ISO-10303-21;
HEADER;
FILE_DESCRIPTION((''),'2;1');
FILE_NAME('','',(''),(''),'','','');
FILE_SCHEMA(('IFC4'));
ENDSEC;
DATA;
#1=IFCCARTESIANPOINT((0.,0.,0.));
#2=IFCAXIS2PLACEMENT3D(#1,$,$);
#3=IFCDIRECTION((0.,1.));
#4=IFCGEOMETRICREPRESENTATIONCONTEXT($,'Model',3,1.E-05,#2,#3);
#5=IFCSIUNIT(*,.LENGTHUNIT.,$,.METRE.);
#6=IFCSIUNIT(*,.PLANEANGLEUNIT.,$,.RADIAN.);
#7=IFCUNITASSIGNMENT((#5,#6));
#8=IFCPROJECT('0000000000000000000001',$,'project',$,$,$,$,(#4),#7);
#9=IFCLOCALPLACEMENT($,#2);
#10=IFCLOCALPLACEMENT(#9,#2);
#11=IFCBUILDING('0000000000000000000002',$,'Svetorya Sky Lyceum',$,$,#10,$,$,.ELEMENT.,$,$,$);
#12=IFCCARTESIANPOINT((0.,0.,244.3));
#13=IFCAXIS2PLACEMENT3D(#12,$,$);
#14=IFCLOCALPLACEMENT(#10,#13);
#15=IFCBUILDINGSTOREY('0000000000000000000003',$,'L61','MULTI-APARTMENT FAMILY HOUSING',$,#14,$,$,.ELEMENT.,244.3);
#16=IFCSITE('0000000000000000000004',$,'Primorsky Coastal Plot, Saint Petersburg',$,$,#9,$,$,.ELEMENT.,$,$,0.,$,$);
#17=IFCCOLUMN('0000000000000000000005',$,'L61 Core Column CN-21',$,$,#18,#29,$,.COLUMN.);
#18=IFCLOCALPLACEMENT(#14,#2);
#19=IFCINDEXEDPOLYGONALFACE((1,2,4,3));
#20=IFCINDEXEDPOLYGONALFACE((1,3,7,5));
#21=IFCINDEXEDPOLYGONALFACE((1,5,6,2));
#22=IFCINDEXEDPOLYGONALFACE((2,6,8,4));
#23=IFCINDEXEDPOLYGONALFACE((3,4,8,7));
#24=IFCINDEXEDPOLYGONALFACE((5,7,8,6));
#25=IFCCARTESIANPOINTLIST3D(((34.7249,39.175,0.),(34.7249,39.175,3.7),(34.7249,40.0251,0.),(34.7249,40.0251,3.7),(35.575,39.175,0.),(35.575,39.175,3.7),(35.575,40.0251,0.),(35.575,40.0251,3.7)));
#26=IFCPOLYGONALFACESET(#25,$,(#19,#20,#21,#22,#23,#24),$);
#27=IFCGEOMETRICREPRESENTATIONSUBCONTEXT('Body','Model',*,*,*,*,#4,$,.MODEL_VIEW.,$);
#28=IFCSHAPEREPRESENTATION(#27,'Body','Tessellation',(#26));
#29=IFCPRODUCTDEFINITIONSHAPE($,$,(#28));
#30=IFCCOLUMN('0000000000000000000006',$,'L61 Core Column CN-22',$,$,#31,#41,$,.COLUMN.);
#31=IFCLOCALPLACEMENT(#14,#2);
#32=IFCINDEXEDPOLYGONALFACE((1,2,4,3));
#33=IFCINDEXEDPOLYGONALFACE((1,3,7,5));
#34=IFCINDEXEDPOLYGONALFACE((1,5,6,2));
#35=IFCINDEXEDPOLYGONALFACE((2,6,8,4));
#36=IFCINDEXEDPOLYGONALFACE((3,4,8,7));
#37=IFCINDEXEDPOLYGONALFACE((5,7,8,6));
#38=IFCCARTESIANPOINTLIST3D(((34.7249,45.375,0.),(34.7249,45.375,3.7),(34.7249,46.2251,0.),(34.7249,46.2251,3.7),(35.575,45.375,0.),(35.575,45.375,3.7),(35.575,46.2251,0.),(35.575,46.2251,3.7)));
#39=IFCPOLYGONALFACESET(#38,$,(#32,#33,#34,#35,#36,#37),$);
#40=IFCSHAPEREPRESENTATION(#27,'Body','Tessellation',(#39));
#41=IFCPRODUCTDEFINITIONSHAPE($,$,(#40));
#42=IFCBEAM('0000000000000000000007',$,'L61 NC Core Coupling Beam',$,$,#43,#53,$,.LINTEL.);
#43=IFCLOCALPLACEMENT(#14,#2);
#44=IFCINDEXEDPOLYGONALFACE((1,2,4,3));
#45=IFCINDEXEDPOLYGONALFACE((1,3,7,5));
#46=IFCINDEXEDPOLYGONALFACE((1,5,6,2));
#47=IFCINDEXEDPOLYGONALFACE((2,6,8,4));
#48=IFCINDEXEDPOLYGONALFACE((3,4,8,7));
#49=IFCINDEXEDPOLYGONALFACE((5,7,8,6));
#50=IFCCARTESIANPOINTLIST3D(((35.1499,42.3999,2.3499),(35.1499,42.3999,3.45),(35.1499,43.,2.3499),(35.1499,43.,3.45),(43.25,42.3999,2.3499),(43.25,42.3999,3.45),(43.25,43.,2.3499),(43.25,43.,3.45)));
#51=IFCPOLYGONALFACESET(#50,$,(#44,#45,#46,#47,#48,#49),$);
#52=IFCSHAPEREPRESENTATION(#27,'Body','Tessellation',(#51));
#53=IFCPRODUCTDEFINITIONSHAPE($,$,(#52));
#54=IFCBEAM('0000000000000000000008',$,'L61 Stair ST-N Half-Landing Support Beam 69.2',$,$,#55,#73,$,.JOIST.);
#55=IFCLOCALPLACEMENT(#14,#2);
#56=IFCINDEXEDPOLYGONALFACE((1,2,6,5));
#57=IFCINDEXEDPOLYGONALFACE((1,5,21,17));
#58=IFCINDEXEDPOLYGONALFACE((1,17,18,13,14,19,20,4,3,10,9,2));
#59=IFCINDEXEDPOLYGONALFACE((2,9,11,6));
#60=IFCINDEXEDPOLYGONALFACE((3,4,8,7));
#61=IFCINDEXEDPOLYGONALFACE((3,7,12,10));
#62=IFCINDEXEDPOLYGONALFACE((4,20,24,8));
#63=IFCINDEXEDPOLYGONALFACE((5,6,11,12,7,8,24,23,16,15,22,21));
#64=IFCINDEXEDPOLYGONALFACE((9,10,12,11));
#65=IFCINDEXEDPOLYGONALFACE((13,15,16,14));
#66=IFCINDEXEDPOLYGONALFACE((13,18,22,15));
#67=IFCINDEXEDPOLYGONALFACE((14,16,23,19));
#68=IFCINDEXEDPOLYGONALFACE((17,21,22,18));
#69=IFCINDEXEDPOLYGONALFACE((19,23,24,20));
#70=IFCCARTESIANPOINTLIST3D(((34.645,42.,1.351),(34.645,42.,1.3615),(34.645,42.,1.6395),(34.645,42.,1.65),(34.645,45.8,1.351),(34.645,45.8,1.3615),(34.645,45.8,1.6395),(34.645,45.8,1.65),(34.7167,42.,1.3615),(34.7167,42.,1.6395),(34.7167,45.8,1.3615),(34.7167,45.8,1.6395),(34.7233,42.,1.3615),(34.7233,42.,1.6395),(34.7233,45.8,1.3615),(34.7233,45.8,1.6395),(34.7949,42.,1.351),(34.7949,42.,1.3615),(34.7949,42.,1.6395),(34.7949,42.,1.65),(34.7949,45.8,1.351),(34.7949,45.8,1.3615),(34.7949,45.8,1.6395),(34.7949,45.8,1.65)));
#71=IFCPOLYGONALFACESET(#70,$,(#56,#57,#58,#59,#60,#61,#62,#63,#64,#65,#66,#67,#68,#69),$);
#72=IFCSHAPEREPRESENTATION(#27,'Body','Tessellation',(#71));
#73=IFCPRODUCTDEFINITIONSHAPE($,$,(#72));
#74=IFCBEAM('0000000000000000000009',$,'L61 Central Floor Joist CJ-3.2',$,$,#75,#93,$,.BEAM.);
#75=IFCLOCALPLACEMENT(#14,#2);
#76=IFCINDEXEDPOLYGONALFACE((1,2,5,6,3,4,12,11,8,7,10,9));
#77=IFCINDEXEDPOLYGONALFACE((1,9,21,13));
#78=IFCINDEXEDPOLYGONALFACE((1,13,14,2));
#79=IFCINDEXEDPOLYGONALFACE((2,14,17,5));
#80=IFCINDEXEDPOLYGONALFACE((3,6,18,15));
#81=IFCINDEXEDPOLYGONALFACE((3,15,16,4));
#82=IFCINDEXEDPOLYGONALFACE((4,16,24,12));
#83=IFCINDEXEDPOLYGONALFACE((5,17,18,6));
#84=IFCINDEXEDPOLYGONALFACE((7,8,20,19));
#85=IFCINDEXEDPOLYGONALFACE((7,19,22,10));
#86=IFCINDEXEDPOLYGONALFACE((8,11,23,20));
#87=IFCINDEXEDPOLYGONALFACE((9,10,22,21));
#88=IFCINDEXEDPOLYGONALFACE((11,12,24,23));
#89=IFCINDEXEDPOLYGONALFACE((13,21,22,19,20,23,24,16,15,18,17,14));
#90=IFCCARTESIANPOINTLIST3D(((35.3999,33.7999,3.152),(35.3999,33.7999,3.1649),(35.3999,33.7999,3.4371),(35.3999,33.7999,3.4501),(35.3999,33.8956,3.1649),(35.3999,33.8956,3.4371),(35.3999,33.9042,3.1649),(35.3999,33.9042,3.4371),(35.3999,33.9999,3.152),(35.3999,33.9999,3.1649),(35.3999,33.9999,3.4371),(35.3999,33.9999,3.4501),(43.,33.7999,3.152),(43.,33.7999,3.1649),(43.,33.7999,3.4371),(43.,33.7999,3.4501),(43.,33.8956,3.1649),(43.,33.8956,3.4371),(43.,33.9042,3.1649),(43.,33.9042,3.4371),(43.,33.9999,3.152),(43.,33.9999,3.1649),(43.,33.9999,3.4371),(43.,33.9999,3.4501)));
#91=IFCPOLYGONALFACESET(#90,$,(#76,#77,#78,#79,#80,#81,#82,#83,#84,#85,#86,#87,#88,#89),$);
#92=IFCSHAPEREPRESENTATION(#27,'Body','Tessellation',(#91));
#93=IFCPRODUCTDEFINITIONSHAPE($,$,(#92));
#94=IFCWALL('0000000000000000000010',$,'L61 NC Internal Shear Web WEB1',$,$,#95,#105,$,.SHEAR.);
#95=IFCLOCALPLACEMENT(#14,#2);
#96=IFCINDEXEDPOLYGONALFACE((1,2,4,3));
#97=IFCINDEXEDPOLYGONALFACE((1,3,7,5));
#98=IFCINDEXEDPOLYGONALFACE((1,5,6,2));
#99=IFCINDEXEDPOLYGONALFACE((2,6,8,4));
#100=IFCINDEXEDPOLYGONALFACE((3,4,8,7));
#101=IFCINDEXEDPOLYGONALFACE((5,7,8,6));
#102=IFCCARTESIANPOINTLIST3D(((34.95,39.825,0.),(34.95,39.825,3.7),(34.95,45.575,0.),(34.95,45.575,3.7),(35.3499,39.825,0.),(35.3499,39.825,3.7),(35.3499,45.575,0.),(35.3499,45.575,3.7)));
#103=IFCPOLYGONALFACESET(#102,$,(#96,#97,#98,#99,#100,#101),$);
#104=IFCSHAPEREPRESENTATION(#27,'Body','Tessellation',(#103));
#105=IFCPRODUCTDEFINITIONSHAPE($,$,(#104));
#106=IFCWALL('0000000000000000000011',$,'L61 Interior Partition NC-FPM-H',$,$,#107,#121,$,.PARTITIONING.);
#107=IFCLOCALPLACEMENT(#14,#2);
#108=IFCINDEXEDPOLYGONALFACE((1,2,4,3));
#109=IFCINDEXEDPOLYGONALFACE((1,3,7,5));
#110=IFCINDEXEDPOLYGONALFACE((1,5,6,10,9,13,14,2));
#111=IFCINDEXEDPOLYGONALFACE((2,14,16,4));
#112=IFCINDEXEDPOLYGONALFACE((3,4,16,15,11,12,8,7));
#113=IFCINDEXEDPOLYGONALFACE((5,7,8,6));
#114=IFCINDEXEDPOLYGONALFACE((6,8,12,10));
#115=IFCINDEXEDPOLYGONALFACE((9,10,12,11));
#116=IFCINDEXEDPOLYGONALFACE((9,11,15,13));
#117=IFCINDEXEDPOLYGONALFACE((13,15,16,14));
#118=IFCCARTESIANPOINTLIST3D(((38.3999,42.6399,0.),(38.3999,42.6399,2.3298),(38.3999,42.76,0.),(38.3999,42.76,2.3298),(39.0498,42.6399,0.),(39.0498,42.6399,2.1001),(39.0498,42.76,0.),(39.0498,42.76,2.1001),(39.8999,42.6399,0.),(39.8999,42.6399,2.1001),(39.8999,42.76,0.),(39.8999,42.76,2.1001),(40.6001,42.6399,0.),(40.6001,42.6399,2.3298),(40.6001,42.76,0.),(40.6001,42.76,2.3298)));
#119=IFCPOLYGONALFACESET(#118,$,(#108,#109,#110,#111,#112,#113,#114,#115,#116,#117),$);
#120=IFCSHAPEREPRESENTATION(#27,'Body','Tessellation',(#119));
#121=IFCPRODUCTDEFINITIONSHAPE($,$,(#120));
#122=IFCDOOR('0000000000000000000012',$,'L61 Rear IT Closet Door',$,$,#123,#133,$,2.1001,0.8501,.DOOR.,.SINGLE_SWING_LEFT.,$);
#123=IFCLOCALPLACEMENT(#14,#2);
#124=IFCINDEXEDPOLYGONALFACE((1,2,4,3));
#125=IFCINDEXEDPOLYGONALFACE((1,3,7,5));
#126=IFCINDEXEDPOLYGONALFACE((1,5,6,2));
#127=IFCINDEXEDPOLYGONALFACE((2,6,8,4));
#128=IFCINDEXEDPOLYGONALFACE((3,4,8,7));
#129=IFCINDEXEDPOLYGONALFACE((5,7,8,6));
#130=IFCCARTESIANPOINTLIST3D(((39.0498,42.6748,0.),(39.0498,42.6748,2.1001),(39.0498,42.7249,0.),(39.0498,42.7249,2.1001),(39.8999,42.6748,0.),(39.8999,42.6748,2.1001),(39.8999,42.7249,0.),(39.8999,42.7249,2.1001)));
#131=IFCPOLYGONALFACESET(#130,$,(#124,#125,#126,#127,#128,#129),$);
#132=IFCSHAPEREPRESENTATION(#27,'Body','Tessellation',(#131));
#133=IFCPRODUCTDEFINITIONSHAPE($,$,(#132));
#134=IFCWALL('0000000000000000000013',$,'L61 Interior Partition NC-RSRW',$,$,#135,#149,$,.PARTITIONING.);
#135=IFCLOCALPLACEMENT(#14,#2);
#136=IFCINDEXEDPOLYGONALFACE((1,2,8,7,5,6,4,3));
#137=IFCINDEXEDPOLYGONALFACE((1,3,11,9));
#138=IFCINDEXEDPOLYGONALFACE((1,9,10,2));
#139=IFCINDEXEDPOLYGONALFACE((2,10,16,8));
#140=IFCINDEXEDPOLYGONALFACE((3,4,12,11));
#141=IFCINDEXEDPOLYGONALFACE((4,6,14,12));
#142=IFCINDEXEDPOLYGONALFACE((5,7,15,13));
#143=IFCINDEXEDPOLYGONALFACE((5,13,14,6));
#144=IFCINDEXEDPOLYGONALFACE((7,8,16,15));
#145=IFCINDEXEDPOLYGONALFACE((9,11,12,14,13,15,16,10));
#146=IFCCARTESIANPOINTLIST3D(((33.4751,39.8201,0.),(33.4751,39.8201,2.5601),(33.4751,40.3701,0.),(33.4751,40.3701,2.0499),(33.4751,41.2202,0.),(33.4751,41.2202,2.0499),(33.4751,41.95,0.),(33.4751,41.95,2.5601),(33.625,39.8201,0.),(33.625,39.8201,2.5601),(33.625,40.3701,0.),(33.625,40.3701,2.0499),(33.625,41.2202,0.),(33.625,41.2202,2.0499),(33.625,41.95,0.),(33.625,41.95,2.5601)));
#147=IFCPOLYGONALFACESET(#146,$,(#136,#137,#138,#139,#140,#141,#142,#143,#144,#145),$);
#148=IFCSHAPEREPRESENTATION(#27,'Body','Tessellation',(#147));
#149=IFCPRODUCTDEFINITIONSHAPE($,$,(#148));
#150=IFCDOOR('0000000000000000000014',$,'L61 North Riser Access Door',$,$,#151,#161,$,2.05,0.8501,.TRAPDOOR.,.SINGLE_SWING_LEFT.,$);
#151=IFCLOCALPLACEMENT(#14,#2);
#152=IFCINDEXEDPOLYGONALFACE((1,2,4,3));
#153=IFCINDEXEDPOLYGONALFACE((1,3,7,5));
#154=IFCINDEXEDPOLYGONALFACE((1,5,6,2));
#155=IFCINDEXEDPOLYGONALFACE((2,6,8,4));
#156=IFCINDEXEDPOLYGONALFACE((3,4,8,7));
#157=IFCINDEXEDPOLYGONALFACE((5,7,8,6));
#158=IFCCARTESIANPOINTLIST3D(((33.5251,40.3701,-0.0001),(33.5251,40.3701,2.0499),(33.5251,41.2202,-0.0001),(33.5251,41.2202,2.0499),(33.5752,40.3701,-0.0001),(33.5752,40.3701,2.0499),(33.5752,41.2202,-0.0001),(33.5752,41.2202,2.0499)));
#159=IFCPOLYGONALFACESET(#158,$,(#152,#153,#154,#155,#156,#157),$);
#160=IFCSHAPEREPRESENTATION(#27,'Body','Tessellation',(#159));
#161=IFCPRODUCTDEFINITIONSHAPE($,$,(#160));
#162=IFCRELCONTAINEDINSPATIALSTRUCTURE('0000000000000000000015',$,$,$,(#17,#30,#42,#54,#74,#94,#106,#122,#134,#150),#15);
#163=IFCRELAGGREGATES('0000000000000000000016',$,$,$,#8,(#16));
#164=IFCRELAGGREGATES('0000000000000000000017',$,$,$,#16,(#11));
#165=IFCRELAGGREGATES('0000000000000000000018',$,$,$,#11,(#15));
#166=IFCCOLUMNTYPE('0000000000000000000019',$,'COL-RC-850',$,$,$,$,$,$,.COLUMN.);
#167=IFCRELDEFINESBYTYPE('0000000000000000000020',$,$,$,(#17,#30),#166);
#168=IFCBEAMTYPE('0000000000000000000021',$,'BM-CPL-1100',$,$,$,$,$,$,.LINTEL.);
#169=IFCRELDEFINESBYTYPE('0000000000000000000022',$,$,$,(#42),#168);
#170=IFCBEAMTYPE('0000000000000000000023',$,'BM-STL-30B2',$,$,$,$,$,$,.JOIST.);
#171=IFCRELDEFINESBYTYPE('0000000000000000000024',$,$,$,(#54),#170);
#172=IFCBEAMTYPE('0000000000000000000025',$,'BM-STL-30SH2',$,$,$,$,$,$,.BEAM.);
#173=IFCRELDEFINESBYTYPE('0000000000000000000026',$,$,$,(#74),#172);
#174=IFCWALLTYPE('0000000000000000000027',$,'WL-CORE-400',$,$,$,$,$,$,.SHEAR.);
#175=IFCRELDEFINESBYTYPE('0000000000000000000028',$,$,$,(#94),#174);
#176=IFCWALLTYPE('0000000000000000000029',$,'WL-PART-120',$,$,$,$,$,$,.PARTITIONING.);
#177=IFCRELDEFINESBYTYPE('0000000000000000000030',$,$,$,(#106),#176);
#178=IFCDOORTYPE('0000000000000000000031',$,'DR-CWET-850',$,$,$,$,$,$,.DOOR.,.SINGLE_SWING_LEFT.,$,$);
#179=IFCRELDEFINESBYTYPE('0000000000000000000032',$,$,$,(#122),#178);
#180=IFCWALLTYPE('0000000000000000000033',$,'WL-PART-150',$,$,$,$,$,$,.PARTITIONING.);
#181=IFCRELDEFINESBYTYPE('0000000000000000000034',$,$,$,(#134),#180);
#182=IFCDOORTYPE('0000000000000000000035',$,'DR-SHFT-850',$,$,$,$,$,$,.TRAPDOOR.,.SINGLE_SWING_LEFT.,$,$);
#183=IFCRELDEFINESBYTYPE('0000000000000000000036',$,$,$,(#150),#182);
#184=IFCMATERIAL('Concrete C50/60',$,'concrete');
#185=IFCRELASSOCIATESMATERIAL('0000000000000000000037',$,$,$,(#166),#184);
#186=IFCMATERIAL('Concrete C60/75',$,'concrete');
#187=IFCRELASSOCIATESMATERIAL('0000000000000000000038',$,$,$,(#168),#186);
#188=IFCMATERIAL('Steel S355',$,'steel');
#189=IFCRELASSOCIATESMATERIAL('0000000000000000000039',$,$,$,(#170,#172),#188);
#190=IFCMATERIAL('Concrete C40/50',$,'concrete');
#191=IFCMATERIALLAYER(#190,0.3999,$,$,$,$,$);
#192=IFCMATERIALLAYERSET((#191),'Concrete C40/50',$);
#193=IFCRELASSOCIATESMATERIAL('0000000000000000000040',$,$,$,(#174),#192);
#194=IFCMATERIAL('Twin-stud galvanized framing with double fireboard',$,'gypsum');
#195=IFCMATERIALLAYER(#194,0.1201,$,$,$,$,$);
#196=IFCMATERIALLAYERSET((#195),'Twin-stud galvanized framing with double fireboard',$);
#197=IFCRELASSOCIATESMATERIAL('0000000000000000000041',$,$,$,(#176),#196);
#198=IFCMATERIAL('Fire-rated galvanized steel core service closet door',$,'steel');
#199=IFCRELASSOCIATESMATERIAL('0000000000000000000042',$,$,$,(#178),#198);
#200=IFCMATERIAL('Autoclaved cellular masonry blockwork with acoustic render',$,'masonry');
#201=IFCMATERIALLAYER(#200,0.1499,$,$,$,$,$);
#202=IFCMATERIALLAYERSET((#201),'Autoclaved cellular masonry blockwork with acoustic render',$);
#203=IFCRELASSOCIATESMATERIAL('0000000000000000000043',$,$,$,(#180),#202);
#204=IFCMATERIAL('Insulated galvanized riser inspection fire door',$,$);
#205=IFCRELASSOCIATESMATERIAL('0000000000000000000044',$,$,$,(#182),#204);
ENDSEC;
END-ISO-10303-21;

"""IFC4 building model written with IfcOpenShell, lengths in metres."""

from ifc_helpers import new_model, si_unit, direction, frame, frame_2d, origin, origin_2d, place, context, subcontext, project, spatial, rectangle, i_section, extrude, material, layer, layer_set, material_profile, profile_set, type_object, element, fill, save


model = new_model("IFC4")

# Units and contexts
model_context = context("Model", 3, precision=1e-05, world=origin(), true_north=direction((0.0, 1.0)))
body_context = subcontext(model_context, "Body", "Model", "MODEL_VIEW")
ifc_project = project(units=[si_unit("LENGTHUNIT", "METRE"), si_unit("PLANEANGLEUNIT", "RADIAN")], contexts=[model_context])

# Site, building, storey
site_placement = place(None, origin())
site = spatial("IfcSite", under=ifc_project, at=site_placement, Name="Primorsky Coastal Plot, Saint Petersburg", CompositionType="ELEMENT", RefElevation=0.0)
building_placement = place(site_placement, origin())
building = spatial("IfcBuilding", under=site, at=building_placement, Name="Svetorya Sky Lyceum", CompositionType="ELEMENT")
storey_placement = place(building_placement, frame((0.0, 0.0, 244.3)))
storey = spatial("IfcBuildingStorey", under=building, at=storey_placement, Name="L61", Description="MULTI-APARTMENT FAMILY HOUSING", CompositionType="ELEMENT", Elevation=244.3)

# Columns
ifc_material_1 = material(Name="Concrete C50/60", Category="concrete")
ifc_material_profile_1 = material_profile(ifc_material_1, rectangle(XDim=0.8501, YDim=0.8501, at=origin_2d()), Name="RC COL 850x850")
ifc_profile_set_1 = profile_set([ifc_material_profile_1], Name="Concrete C50/60")
column_type = type_object("IfcColumnType", Name="COL-RC-850", PredefinedType="COLUMN", material=ifc_profile_set_1)
for number, where, z_axis, x_axis, name in (
    (1, (35.1499, 39.6001, 0.0), (0.0, 0.0, 1.0), (1.0, 0.0, 0.0), "L61 Core Column CN-21"),
    (2, (35.1499, 45.8, 0.0), (0.0, 0.0, 1.0), (1.0, 0.0, 0.0), "L61 Core Column CN-22"),
):
    element("IfcColumn", number, at=place(storey_placement, frame(where, z_axis=z_axis, x_axis=x_axis)), inside=storey, type_object=column_type, Name=name, PredefinedType="COLUMN", context=body_context, shape_type="SweptSolid", body=[
        extrude(rectangle(XDim=0.8501, YDim=0.8501, at=origin_2d()), origin(), (0.0, 0.0, 1.0), 3.7),
    ])

# Beams
ifc_material_2 = material(Name="Concrete C60/75", Category="concrete")
ifc_material_profile_2 = material_profile(ifc_material_2, rectangle(XDim=0.6001, YDim=1.1001, at=origin_2d()), Name="RC COUPLING 600x1100")
ifc_profile_set_2 = profile_set([ifc_material_profile_2], Name="Concrete C60/75")
beam_type_1 = type_object("IfcBeamType", Name="BM-CPL-1100", PredefinedType="LINTEL", material=ifc_profile_set_2)
beam_1_placement = place(storey_placement, frame((35.1499, 42.7, 2.8999), z_axis=(1.0, 0.0, 0.0), x_axis=(0.0, 1.0, 0.0)))
element("IfcBeam", 3, at=beam_1_placement, inside=storey, type_object=beam_type_1, Name="L61 NC Core Coupling Beam", PredefinedType="LINTEL", context=body_context, shape_type="SweptSolid", body=[
    extrude(rectangle(XDim=0.6001, YDim=1.1001, at=origin_2d()), origin(), (0.0, 0.0, 1.0), 8.1001),
])
ifc_material_3 = material(Name="Steel S355", Category="steel")
ifc_material_profile_3 = material_profile(ifc_material_3, i_section(OverallWidth=0.1499, OverallDepth=0.2991, WebThickness=0.0066, FlangeThickness=0.0105, at=origin_2d()), Name="GOST 30B2")
ifc_profile_set_3 = profile_set([ifc_material_profile_3], Name="Steel S355")
beam_type_2 = type_object("IfcBeamType", Name="BM-STL-30B2", PredefinedType="JOIST", material=ifc_profile_set_3)
beam_2_placement = place(storey_placement, frame((34.72, 42.0, 1.5005), z_axis=(0.0, 1.0, 0.0), x_axis=(-1.0, 0.0, 0.0)))
element("IfcBeam", 4, at=beam_2_placement, inside=storey, type_object=beam_type_2, Name="L61 Stair ST-N Half-Landing Support Beam 69.2", PredefinedType="JOIST", context=body_context, shape_type="SweptSolid", body=[
    extrude(i_section(OverallWidth=0.1499, OverallDepth=0.2991, WebThickness=0.0066, FlangeThickness=0.0105, at=origin_2d()), origin(), (0.0, 0.0, 1.0), 3.8),
])
ifc_material_profile_4 = material_profile(ifc_material_3, i_section(OverallWidth=0.2, OverallDepth=0.2981, WebThickness=0.0085, FlangeThickness=0.0129, at=origin_2d()), Name="GOST 30Sh2")
ifc_profile_set_4 = profile_set([ifc_material_profile_4], Name="Steel S355")
beam_type_3 = type_object("IfcBeamType", Name="BM-STL-30SH2", PredefinedType="BEAM", material=ifc_profile_set_4)
beam_3_placement = place(storey_placement, frame((35.3999, 33.8999, 3.301), z_axis=(1.0, 0.0, 0.0), x_axis=(0.0, 1.0, 0.0)))
element("IfcBeam", 5, at=beam_3_placement, inside=storey, type_object=beam_type_3, Name="L61 Central Floor Joist CJ-3.2", PredefinedType="BEAM", context=body_context, shape_type="SweptSolid", body=[
    extrude(i_section(OverallWidth=0.2, OverallDepth=0.2981, WebThickness=0.0085, FlangeThickness=0.0129, at=origin_2d()), origin(), (0.0, 0.0, 1.0), 7.6001),
])

# Wall
ifc_material_4 = material(Name="Concrete C40/50", Category="concrete")
ifc_layer_1 = layer(ifc_material_4, 0.3999)
ifc_layer_set_1 = layer_set([ifc_layer_1], Name="Concrete C40/50")
wall_type_1 = type_object("IfcWallType", Name="WL-CORE-400", PredefinedType="SHEAR", material=ifc_layer_set_1)
wall_1_placement = place(storey_placement, frame((35.1499, 39.825, 0.0), z_axis=(0.0, 0.0, 1.0), x_axis=(0.0, 1.0, 0.0)))
element("IfcWall", 6, at=wall_1_placement, inside=storey, type_object=wall_type_1, Name="L61 NC Internal Shear Web WEB1", PredefinedType="SHEAR", context=body_context, shape_type="SweptSolid", body=[
    extrude(rectangle(XDim=5.75, YDim=0.3999, at=frame_2d((2.875, 0.0))), origin(), (0.0, 0.0, 1.0), 3.7),
])

# Walls, openings, doors
ifc_material_5 = material(Name="Twin-stud galvanized framing with double fireboard", Category="gypsum")
ifc_layer_2 = layer(ifc_material_5, 0.1201)
ifc_layer_set_2 = layer_set([ifc_layer_2], Name="Twin-stud galvanized framing with double fireboard")
wall_type_2 = type_object("IfcWallType", Name="WL-PART-120", PredefinedType="PARTITIONING", material=ifc_layer_set_2)
wall_2_placement = place(storey_placement, frame((38.3999, 42.7, 0.0), z_axis=(0.0, 0.0, 1.0), x_axis=(1.0, 0.0, 0.0)))
wall_2 = element("IfcWall", 7, at=wall_2_placement, inside=storey, type_object=wall_type_2, Name="L61 Interior Partition NC-FPM-H", PredefinedType="PARTITIONING", context=body_context, shape_type="SweptSolid", body=[
    extrude(rectangle(XDim=2.2002, YDim=0.1201, at=frame_2d((1.1001, 0.0))), origin(), (0.0, 0.0, 1.0), 2.3298),
])
opening_1_placement = place(wall_2_placement, frame((0.6499, 0.0, 0.0)))
opening_1 = element("IfcOpeningElement", 8, at=opening_1_placement, cuts=wall_2, PredefinedType="OPENING", context=body_context, shape_type="SweptSolid", body=[
    extrude(rectangle(XDim=0.8501, YDim=2.1001, at=frame_2d((0.425, 1.05))), frame((0.0, 0.0701, 0.0), z_axis=(0.0, -1.0, 0.0), x_axis=(1.0, 0.0, 0.0)), (0.0, 0.0, 1.0), 0.1401),
])
ifc_material_6 = material(Name="Fire-rated galvanized steel core service closet door", Category="steel")
door_type_1 = type_object("IfcDoorType", Name="DR-CWET-850", OperationType="SINGLE_SWING_LEFT", PredefinedType="DOOR", material=ifc_material_6)
door_1_placement = place(opening_1_placement, origin())
door_1 = element("IfcDoor", 9, at=door_1_placement, inside=storey, type_object=door_type_1, Name="L61 Rear IT Closet Door", OperationType="SINGLE_SWING_LEFT", OverallHeight=2.1001, OverallWidth=0.8501, PredefinedType="DOOR", context=body_context, shape_type="SweptSolid", body=[
    extrude(rectangle(XDim=0.8501, YDim=2.1001, at=frame_2d((0.425, 1.05))), frame((0.0, 0.0249, 0.0), z_axis=(0.0, -1.0, 0.0), x_axis=(1.0, 0.0, 0.0)), (0.0, 0.0, 1.0), 0.05),
])
fill(opening_1, door_1)
ifc_material_7 = material(Name="Autoclaved cellular masonry blockwork with acoustic render", Category="masonry")
ifc_layer_3 = layer(ifc_material_7, 0.1499)
ifc_layer_set_3 = layer_set([ifc_layer_3], Name="Autoclaved cellular masonry blockwork with acoustic render")
wall_type_3 = type_object("IfcWallType", Name="WL-PART-150", PredefinedType="PARTITIONING", material=ifc_layer_set_3)
wall_3_placement = place(storey_placement, frame((33.55, 39.8201, 0.0), z_axis=(0.0, 0.0, 1.0), x_axis=(0.0, 1.0, 0.0)))
wall_3 = element("IfcWall", 10, at=wall_3_placement, inside=storey, type_object=wall_type_3, Name="L61 Interior Partition NC-RSRW", PredefinedType="PARTITIONING", context=body_context, shape_type="SweptSolid", body=[
    extrude(rectangle(XDim=2.1299, YDim=0.1499, at=frame_2d((1.0649, 0.0))), origin(), (0.0, 0.0, 1.0), 2.5601),
])
opening_2_placement = place(wall_3_placement, frame((0.55, 0.0, 0.0)))
opening_2 = element("IfcOpeningElement", 11, at=opening_2_placement, cuts=wall_3, PredefinedType="OPENING", context=body_context, shape_type="SweptSolid", body=[
    extrude(rectangle(XDim=0.8501, YDim=2.05, at=frame_2d((0.425, 1.0249))), frame((0.0, 0.085, 0.0), z_axis=(0.0, -1.0, 0.0), x_axis=(1.0, 0.0, 0.0)), (0.0, 0.0, 1.0), 0.1699),
])
ifc_material_8 = material(Name="Insulated galvanized riser inspection fire door")
door_type_2 = type_object("IfcDoorType", Name="DR-SHFT-850", OperationType="SINGLE_SWING_LEFT", PredefinedType="TRAPDOOR", material=ifc_material_8)
door_2_placement = place(opening_2_placement, origin())
door_2 = element("IfcDoor", 12, at=door_2_placement, inside=storey, type_object=door_type_2, Name="L61 North Riser Access Door", OperationType="SINGLE_SWING_LEFT", OverallHeight=2.05, OverallWidth=0.8501, PredefinedType="TRAPDOOR", context=body_context, shape_type="SweptSolid", body=[
    extrude(rectangle(XDim=0.8501, YDim=2.05, at=frame_2d((0.425, 1.0249))), frame((0.0, 0.0249, 0.0), z_axis=(0.0, -1.0, 0.0), x_axis=(1.0, 0.0, 0.0)), (0.0, 0.0, 1.0), 0.05),
])
fill(opening_2, door_2)

save(model, "model.ifc")
